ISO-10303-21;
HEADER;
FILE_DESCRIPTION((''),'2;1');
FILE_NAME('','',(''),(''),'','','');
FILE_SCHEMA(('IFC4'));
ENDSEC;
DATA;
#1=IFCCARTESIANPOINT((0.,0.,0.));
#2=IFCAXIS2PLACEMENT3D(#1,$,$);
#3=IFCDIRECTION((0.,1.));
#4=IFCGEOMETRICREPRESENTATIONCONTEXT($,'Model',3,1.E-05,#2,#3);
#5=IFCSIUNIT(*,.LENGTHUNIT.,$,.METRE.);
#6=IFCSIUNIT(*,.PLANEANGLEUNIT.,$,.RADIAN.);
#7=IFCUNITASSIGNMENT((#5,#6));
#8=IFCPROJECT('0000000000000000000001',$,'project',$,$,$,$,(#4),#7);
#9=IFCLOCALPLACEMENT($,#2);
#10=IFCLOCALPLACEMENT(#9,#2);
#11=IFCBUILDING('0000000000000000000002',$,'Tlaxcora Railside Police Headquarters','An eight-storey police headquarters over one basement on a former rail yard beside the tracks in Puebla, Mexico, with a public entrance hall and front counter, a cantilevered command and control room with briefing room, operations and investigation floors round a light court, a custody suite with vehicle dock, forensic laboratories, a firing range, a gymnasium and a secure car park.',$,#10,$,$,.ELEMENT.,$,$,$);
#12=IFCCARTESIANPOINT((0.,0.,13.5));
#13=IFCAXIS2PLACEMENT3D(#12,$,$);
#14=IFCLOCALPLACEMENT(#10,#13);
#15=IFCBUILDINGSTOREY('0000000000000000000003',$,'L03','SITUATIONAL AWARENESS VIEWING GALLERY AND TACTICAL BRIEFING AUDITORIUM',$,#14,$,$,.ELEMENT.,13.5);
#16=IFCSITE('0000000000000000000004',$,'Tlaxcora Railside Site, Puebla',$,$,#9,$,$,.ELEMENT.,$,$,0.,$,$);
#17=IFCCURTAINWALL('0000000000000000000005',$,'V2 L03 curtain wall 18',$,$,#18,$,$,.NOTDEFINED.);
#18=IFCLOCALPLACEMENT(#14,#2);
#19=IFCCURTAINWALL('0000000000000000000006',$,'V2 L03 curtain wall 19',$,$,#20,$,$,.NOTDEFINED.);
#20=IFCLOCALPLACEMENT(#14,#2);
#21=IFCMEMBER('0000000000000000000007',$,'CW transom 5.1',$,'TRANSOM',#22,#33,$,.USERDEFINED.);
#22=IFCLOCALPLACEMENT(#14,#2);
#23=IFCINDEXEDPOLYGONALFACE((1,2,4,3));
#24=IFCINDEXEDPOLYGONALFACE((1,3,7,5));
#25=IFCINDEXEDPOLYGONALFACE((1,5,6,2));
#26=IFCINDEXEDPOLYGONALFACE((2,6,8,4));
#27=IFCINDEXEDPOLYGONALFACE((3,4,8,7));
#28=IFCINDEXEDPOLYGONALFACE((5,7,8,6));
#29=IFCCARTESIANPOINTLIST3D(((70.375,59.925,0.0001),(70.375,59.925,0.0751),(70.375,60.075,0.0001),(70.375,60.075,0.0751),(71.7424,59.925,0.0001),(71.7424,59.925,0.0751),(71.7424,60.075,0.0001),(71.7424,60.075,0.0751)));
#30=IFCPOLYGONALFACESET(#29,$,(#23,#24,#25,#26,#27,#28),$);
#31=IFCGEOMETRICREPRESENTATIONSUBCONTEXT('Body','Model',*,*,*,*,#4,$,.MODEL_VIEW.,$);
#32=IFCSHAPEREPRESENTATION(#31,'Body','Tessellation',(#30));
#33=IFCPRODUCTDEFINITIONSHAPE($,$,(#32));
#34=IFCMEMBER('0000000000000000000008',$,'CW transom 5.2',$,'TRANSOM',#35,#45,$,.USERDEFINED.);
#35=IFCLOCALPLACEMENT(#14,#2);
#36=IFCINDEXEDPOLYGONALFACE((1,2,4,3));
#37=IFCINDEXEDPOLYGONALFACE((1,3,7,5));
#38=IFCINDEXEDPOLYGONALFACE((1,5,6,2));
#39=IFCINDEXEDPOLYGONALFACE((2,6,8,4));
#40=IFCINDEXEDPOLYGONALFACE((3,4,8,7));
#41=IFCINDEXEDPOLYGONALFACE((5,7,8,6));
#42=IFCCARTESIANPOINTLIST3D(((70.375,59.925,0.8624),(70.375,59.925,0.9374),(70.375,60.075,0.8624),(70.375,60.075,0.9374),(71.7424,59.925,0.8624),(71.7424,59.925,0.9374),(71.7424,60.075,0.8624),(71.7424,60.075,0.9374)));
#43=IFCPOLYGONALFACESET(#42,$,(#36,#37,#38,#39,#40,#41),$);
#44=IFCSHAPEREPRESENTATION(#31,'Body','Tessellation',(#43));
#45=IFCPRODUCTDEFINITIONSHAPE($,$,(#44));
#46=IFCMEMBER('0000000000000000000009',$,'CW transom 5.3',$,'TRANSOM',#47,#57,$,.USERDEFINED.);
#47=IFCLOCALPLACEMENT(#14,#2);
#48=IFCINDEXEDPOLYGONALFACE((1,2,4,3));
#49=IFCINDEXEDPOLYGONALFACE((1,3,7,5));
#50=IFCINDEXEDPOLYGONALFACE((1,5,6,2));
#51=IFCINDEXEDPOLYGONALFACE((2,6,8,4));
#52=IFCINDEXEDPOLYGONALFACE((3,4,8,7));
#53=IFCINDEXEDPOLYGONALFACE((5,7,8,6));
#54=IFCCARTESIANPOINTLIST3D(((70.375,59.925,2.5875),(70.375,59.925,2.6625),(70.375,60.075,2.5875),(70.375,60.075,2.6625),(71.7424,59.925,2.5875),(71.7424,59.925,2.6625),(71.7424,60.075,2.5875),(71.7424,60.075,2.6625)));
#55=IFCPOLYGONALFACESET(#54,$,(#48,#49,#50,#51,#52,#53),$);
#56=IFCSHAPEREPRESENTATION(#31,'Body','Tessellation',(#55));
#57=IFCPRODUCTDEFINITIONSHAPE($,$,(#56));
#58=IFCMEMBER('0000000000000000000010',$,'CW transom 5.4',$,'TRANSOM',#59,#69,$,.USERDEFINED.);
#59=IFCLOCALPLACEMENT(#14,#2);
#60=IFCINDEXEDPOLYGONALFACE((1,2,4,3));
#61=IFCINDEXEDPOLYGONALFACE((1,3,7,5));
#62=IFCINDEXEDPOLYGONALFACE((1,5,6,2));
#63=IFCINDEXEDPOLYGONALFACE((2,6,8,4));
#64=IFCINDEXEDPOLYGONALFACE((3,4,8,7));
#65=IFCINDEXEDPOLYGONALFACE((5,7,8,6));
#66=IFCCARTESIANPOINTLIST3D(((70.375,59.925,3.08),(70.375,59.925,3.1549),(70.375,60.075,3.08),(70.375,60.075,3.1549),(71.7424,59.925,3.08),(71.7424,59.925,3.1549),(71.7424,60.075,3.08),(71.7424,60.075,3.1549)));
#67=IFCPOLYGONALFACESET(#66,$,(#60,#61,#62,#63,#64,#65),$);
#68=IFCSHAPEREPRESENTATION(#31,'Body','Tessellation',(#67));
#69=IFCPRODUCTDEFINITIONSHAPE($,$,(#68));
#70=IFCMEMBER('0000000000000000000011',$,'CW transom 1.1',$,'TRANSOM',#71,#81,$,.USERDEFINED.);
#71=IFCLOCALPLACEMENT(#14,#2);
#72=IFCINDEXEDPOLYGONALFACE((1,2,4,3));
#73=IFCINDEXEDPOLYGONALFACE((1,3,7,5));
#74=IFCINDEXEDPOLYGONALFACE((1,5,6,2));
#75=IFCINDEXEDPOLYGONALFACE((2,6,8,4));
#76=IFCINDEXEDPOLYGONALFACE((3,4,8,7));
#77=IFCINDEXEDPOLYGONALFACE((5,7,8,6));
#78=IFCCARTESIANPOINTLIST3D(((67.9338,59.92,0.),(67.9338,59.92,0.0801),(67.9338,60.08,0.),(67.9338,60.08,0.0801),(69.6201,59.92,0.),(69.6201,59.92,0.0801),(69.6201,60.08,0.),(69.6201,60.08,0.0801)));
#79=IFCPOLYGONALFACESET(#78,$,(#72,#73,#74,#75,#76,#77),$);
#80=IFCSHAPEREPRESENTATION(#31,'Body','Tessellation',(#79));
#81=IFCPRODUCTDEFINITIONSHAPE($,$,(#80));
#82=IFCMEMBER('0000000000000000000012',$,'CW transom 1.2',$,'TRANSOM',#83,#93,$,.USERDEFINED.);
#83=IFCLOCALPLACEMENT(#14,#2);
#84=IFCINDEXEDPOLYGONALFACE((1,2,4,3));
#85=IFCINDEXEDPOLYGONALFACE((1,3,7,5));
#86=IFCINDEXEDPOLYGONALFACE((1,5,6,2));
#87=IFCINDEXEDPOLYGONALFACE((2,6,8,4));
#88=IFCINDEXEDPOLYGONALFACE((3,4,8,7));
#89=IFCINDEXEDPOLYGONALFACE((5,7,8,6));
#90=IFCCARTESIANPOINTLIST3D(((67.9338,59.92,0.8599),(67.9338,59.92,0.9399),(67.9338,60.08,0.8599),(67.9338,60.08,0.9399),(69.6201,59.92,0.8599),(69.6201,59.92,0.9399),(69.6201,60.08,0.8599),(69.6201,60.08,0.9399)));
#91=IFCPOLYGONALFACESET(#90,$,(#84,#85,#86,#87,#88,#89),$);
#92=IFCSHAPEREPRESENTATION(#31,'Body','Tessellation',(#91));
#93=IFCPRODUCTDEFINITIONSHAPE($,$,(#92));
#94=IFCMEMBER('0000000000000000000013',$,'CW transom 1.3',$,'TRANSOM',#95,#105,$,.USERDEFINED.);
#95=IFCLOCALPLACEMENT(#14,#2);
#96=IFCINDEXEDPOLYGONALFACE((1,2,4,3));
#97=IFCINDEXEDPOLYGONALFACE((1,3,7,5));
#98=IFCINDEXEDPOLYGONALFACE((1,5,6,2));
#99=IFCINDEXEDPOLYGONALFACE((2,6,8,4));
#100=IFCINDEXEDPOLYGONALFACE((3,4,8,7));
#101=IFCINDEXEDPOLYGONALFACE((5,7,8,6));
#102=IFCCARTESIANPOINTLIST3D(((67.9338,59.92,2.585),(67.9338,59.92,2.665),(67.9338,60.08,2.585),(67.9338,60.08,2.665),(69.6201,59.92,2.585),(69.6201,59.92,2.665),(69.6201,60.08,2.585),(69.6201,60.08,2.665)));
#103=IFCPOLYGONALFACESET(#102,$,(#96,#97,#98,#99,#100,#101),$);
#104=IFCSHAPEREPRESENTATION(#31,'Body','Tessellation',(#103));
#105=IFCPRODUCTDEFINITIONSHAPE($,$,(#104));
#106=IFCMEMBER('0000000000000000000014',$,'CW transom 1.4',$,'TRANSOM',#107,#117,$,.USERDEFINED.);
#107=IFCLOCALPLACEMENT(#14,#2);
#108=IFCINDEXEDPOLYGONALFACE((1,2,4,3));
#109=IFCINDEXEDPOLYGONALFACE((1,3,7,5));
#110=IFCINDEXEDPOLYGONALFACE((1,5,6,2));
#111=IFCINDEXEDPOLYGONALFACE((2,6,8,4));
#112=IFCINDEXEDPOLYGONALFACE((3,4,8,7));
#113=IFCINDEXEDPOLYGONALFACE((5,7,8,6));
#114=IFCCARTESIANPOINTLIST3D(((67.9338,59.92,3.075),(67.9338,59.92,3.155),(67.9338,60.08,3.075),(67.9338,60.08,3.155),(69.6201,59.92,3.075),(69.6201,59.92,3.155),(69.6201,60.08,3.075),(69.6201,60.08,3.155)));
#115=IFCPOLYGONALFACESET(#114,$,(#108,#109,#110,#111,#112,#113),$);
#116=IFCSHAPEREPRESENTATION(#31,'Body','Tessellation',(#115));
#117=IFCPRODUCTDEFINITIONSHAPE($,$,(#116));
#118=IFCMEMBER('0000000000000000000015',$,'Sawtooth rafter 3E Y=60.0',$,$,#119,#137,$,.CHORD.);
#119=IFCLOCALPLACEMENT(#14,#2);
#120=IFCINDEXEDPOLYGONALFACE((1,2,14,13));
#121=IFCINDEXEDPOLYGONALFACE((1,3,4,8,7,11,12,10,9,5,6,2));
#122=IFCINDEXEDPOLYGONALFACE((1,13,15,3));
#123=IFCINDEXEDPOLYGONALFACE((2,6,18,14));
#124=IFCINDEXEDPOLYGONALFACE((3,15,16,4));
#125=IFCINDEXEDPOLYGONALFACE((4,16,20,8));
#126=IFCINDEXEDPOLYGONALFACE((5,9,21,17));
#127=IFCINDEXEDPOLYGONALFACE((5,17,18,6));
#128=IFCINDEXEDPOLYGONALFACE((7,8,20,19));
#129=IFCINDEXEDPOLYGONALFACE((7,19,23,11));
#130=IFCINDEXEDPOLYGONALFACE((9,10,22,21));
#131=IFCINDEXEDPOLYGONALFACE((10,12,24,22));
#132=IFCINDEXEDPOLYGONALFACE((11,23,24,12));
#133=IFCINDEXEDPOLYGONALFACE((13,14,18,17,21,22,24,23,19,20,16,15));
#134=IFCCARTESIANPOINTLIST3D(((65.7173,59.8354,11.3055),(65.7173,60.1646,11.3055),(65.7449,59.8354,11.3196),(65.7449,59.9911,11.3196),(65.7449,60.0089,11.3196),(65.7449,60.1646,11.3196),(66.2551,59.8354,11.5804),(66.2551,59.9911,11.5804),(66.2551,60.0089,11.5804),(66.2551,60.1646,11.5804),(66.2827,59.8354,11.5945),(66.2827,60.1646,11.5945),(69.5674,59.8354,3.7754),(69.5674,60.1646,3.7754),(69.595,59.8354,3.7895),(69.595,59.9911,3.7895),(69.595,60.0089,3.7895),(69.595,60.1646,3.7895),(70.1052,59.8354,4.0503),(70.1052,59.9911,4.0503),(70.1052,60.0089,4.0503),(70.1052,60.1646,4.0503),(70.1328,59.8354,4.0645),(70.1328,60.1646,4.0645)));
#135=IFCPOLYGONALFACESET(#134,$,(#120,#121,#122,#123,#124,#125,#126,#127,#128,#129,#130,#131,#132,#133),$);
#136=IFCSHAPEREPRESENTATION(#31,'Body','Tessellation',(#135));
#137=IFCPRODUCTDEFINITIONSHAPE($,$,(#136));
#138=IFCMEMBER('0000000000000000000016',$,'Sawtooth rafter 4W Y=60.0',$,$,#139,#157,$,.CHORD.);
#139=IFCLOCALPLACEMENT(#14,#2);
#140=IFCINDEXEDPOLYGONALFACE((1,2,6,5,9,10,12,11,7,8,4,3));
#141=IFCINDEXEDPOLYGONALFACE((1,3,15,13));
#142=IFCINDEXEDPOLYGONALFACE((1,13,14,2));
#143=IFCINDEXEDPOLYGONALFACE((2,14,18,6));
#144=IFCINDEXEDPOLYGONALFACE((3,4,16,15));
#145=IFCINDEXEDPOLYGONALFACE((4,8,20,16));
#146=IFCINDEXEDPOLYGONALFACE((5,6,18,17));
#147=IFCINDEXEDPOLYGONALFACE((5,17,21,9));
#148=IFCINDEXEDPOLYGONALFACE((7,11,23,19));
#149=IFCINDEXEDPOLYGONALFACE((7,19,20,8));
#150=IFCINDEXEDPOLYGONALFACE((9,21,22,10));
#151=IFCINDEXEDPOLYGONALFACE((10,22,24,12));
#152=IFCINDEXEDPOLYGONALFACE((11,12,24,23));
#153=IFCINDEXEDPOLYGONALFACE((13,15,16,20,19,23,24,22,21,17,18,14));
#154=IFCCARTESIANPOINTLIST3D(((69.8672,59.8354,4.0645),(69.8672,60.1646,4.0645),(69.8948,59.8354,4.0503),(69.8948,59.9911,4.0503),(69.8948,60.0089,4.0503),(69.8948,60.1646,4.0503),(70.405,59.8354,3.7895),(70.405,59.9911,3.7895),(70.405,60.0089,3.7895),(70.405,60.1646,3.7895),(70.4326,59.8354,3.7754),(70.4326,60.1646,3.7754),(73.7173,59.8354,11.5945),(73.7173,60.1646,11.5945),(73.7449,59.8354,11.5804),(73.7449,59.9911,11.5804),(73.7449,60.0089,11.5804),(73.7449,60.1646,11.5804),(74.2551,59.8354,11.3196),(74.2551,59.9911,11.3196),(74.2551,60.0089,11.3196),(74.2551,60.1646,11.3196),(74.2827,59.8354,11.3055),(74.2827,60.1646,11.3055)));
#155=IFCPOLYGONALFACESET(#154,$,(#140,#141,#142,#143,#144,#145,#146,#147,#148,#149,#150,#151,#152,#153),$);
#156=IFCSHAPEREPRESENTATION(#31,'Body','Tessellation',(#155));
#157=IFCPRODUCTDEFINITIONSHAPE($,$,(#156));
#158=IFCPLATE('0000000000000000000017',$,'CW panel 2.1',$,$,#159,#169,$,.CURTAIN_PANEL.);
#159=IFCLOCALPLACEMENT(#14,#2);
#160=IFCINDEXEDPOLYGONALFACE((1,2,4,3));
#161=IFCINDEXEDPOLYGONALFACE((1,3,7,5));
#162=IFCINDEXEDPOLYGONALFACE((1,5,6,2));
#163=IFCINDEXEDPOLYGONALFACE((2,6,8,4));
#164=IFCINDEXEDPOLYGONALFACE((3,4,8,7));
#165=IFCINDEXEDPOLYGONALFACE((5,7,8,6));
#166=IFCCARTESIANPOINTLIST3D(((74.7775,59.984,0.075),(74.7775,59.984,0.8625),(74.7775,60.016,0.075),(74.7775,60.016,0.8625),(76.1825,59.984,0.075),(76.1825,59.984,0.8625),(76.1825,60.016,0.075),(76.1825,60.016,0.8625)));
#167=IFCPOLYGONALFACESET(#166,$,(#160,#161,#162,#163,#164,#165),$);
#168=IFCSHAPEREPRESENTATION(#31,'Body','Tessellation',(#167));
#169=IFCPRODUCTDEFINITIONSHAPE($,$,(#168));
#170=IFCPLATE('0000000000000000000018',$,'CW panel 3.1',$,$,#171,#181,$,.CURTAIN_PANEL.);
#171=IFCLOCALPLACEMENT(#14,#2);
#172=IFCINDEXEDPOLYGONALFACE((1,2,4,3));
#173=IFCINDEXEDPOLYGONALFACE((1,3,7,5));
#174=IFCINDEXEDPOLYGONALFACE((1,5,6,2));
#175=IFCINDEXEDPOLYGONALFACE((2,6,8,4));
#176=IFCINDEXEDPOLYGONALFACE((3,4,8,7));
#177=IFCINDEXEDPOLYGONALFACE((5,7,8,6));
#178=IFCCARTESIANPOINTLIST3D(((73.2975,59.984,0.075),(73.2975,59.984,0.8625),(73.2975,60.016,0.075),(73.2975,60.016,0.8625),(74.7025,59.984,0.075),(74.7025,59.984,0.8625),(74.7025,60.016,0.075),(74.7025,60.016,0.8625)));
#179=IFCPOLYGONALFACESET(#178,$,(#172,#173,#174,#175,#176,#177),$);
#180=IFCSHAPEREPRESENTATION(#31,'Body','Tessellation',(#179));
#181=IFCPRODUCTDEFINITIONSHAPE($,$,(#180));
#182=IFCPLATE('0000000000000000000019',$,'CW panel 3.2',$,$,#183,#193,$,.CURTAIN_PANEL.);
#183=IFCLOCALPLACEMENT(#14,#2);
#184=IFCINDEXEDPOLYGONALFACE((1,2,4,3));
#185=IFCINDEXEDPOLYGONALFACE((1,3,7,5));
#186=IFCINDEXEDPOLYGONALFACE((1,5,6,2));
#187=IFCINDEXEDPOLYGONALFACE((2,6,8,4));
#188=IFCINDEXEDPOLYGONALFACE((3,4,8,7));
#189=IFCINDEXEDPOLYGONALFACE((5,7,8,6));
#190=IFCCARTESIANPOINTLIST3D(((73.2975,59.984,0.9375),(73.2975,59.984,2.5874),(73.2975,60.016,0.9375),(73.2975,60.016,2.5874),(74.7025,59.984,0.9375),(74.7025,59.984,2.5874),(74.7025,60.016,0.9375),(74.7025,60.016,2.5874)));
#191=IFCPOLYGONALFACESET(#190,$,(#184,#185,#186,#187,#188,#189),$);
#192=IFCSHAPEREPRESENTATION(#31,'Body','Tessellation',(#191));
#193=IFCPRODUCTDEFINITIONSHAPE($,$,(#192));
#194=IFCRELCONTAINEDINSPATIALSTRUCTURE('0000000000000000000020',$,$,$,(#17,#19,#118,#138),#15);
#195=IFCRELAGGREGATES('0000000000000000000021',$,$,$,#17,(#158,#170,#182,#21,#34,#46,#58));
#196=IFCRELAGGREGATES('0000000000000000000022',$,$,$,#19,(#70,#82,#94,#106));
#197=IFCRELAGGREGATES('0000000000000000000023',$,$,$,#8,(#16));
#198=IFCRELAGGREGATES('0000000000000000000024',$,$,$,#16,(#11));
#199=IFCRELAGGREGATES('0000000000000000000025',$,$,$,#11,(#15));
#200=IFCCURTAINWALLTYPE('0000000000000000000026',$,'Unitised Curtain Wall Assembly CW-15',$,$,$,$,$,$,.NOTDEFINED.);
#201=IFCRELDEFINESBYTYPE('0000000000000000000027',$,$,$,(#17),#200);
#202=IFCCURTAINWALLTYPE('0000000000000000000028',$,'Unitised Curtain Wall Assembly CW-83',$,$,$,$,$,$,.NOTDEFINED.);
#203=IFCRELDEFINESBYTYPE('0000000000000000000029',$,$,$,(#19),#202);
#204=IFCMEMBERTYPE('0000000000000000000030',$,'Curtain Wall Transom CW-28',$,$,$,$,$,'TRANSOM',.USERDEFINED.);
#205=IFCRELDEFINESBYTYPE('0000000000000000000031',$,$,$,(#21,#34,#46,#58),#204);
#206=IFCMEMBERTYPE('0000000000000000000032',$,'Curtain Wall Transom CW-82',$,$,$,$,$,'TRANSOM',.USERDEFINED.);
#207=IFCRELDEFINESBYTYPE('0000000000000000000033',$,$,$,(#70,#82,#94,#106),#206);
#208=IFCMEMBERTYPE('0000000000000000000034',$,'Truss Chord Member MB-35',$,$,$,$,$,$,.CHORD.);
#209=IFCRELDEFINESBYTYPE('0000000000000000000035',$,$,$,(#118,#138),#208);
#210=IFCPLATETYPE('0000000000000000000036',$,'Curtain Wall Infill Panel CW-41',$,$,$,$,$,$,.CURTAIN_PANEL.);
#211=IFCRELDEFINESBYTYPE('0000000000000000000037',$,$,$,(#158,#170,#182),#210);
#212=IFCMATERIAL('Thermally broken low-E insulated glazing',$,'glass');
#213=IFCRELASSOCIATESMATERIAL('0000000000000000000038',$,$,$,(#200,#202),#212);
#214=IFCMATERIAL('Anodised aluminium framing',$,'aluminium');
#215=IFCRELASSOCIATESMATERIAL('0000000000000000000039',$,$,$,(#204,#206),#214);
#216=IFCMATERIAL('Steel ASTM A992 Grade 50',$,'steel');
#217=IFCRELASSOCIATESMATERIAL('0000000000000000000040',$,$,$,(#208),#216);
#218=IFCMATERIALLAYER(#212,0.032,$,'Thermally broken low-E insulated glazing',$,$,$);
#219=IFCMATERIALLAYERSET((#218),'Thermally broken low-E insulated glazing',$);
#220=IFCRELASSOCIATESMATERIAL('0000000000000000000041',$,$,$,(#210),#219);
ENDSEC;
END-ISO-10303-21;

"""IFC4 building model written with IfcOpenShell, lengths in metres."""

from ifc_helpers import new_model, si_unit, direction, frame, origin, origin_2d, place, context, subcontext, project, spatial, rectangle, i_section, extrude, material, layer, layer_set, material_profile, profile_set, type_object, element, aggregate, save


model = new_model("IFC4")

# Units and contexts
model_context = context("Model", 3, precision=1e-05, world=origin(), true_north=direction((0.0, 1.0)))
body_context = subcontext(model_context, "Body", "Model", "MODEL_VIEW")
ifc_project = project(units=[si_unit("LENGTHUNIT", "METRE"), si_unit("PLANEANGLEUNIT", "RADIAN")], contexts=[model_context])

# Site, building, storey
site_placement = place(None, origin())
site = spatial("IfcSite", under=ifc_project, at=site_placement, Name="Tlaxcora Railside Site, Puebla", CompositionType="ELEMENT", RefElevation=0.0)
building_placement = place(site_placement, origin())
building = spatial("IfcBuilding", under=site, at=building_placement, Name="Tlaxcora Railside Police Headquarters", Description="An eight-storey police headquarters over one basement on a former rail yard beside the tracks in Puebla, Mexico, with a public entrance hall and front counter, a cantilevered command and control room with briefing room, operations and investigation floors round a light court, a custody suite with vehicle dock, forensic laboratories, a firing range, a gymnasium and a secure car park.", CompositionType="ELEMENT")
storey_placement = place(building_placement, frame((0.0, 0.0, 13.5)))
storey = spatial("IfcBuildingStorey", under=building, at=storey_placement, Name="L03", Description="SITUATIONAL AWARENESS VIEWING GALLERY AND TACTICAL BRIEFING AUDITORIUM", CompositionType="ELEMENT", Elevation=13.5)

# Curtain wall
ifc_material_1 = material(Name="Thermally broken low-E insulated glazing", Category="glass")
curtain_wall_type_1 = type_object("IfcCurtainWallType", Name="Unitised Curtain Wall Assembly CW-15", PredefinedType="NOTDEFINED", material=ifc_material_1)
curtain_wall_1_placement = place(storey_placement, origin())
curtain_wall_1 = element("IfcCurtainWall", 1, at=curtain_wall_1_placement, inside=storey, type_object=curtain_wall_type_1, Name="V2 L03 curtain wall 18", PredefinedType="NOTDEFINED")
ifc_material_2 = material(Name="Anodised aluminium framing", Category="aluminium")

# Curtain wall
curtain_wall_type_2 = type_object("IfcCurtainWallType", Name="Unitised Curtain Wall Assembly CW-83", PredefinedType="NOTDEFINED", material=ifc_material_1)
curtain_wall_2_placement = place(storey_placement, origin())
curtain_wall_2 = element("IfcCurtainWall", 2, at=curtain_wall_2_placement, inside=storey, type_object=curtain_wall_type_2, Name="V2 L03 curtain wall 19", PredefinedType="NOTDEFINED")

# Members
ifc_material_profile_1 = material_profile(ifc_material_2, rectangle(XDim=0.1499, YDim=0.075, at=origin_2d()), Name="AL75X150")
ifc_profile_set_1 = profile_set([ifc_material_profile_1], Name="Anodised aluminium framing")
member_type_1 = type_object("IfcMemberType", Name="Curtain Wall Transom CW-28", ElementType="TRANSOM", PredefinedType="USERDEFINED", material=ifc_profile_set_1)
member_1_placement = place(storey_placement, frame((71.7424, 60.0, 0.0376), z_axis=(-1.0, 0.0, 0.0), x_axis=(0.0, -1.0, 0.0)))
member_1 = element("IfcMember", 3, at=member_1_placement, type_object=member_type_1, Name="CW transom 5.1", ObjectType="TRANSOM", PredefinedType="USERDEFINED", context=body_context, shape_type="SweptSolid", body=[
    extrude(rectangle(XDim=0.1499, YDim=0.075, at=origin_2d()), origin(), (0.0, 0.0, 1.0), 1.3674),
])
member_2_placement = place(storey_placement, frame((71.7424, 60.0, 0.8999), z_axis=(-1.0, 0.0, 0.0), x_axis=(0.0, -1.0, 0.0)))
member_2 = element("IfcMember", 4, at=member_2_placement, type_object=member_type_1, Name="CW transom 5.2", ObjectType="TRANSOM", PredefinedType="USERDEFINED", context=body_context, shape_type="SweptSolid", body=[
    extrude(rectangle(XDim=0.1499, YDim=0.075, at=origin_2d()), origin(), (0.0, 0.0, 1.0), 1.3674),
])
member_3_placement = place(storey_placement, frame((71.7424, 60.0, 2.625), z_axis=(-1.0, 0.0, 0.0), x_axis=(0.0, -1.0, 0.0)))
member_3 = element("IfcMember", 5, at=member_3_placement, type_object=member_type_1, Name="CW transom 5.3", ObjectType="TRANSOM", PredefinedType="USERDEFINED", context=body_context, shape_type="SweptSolid", body=[
    extrude(rectangle(XDim=0.1499, YDim=0.075, at=origin_2d()), origin(), (0.0, 0.0, 1.0), 1.3674),
])
member_4_placement = place(storey_placement, frame((71.7424, 60.0, 3.1174), z_axis=(-1.0, 0.0, 0.0), x_axis=(0.0, -1.0, 0.0)))
member_4 = element("IfcMember", 6, at=member_4_placement, type_object=member_type_1, Name="CW transom 5.4", ObjectType="TRANSOM", PredefinedType="USERDEFINED", context=body_context, shape_type="SweptSolid", body=[
    extrude(rectangle(XDim=0.1499, YDim=0.075, at=origin_2d()), origin(), (0.0, 0.0, 1.0), 1.3674),
])
ifc_material_profile_2 = material_profile(ifc_material_2, rectangle(XDim=0.1599, YDim=0.0801, at=origin_2d()), Name="AL80X160")
ifc_profile_set_2 = profile_set([ifc_material_profile_2], Name="Anodised aluminium framing")
member_type_2 = type_object("IfcMemberType", Name="Curtain Wall Transom CW-82", ElementType="TRANSOM", PredefinedType="USERDEFINED", material=ifc_profile_set_2)
member_5_placement = place(storey_placement, frame((69.6201, 60.0, 0.04), z_axis=(-1.0, 0.0, 0.0), x_axis=(0.0, -1.0, 0.0)))
member_5 = element("IfcMember", 7, at=member_5_placement, type_object=member_type_2, Name="CW transom 1.1", ObjectType="TRANSOM", PredefinedType="USERDEFINED", context=body_context, shape_type="SweptSolid", body=[
    extrude(rectangle(XDim=0.1599, YDim=0.0801, at=origin_2d()), origin(), (0.0, 0.0, 1.0), 1.6863),
])
member_6_placement = place(storey_placement, frame((69.6201, 60.0, 0.8999), z_axis=(-1.0, 0.0, 0.0), x_axis=(0.0, -1.0, 0.0)))
member_6 = element("IfcMember", 8, at=member_6_placement, type_object=member_type_2, Name="CW transom 1.2", ObjectType="TRANSOM", PredefinedType="USERDEFINED", context=body_context, shape_type="SweptSolid", body=[
    extrude(rectangle(XDim=0.1599, YDim=0.0801, at=origin_2d()), origin(), (0.0, 0.0, 1.0), 1.6863),
])
member_7_placement = place(storey_placement, frame((69.6201, 60.0, 2.625), z_axis=(-1.0, 0.0, 0.0), x_axis=(0.0, -1.0, 0.0)))
member_7 = element("IfcMember", 9, at=member_7_placement, type_object=member_type_2, Name="CW transom 1.3", ObjectType="TRANSOM", PredefinedType="USERDEFINED", context=body_context, shape_type="SweptSolid", body=[
    extrude(rectangle(XDim=0.1599, YDim=0.0801, at=origin_2d()), origin(), (0.0, 0.0, 1.0), 1.6863),
])
member_8_placement = place(storey_placement, frame((69.6201, 60.0, 3.115), z_axis=(-1.0, 0.0, 0.0), x_axis=(0.0, -1.0, 0.0)))
member_8 = element("IfcMember", 10, at=member_8_placement, type_object=member_type_2, Name="CW transom 1.4", ObjectType="TRANSOM", PredefinedType="USERDEFINED", context=body_context, shape_type="SweptSolid", body=[
    extrude(rectangle(XDim=0.1599, YDim=0.0801, at=origin_2d()), origin(), (0.0, 0.0, 1.0), 1.6863),
])

# Members
ifc_material_3 = material(Name="Steel ASTM A992 Grade 50", Category="steel")
ifc_material_profile_3 = material_profile(ifc_material_3, i_section(OverallWidth=0.3291, OverallDepth=0.635, WebThickness=0.0178, FlangeThickness=0.031, at=origin_2d()), Name="W24X162")
ifc_profile_set_3 = profile_set([ifc_material_profile_3], Name="Steel ASTM A992 Grade 50")
member_type_3 = type_object("IfcMemberType", Name="Truss Chord Member MB-35", PredefinedType="CHORD", material=ifc_profile_set_3)
for number, where, z_axis, x_axis, name in (
    (11, (69.8501, 60.0, 3.9199), (-0.455244, 0.0, 0.890367), (0.0, -1.0, 0.0), "Sawtooth rafter 3E Y=60.0"),
    (12, (70.1499, 60.0, 3.9199), (0.455244, 0.0, 0.890367), (0.0, 1.0, 0.0), "Sawtooth rafter 4W Y=60.0"),
):
    element("IfcMember", number, at=place(storey_placement, frame(where, z_axis=z_axis, x_axis=x_axis)), inside=storey, type_object=member_type_3, Name=name, PredefinedType="CHORD", context=body_context, shape_type="SweptSolid", body=[
        extrude(i_section(OverallWidth=0.3291, OverallDepth=0.635, WebThickness=0.0178, FlangeThickness=0.031, at=origin_2d()), origin(), (0.0, 0.0, 1.0), 8.4573),
    ])

# Plates
ifc_layer_1 = layer(ifc_material_1, 0.032, Name="Thermally broken low-E insulated glazing")
ifc_layer_set_1 = layer_set([ifc_layer_1], Name="Thermally broken low-E insulated glazing")
plate_type_1 = type_object("IfcPlateType", Name="Curtain Wall Infill Panel CW-41", PredefinedType="CURTAIN_PANEL", material=ifc_layer_set_1)
plate_1_placement = place(storey_placement, frame((75.48, 60.0, 0.075), z_axis=(0.0, 0.0, 1.0), x_axis=(-1.0, 0.0, 0.0)))
plate_1 = element("IfcPlate", 13, at=plate_1_placement, type_object=plate_type_1, Name="CW panel 2.1", PredefinedType="CURTAIN_PANEL", context=body_context, shape_type="SweptSolid", body=[
    extrude(rectangle(XDim=1.405, YDim=0.032, at=origin_2d()), origin(), (0.0, 0.0, 1.0), 0.7876),
])
plate_2_placement = place(storey_placement, frame((74.0, 60.0, 0.075), z_axis=(0.0, 0.0, 1.0), x_axis=(-1.0, 0.0, 0.0)))
plate_2 = element("IfcPlate", 14, at=plate_2_placement, type_object=plate_type_1, Name="CW panel 3.1", PredefinedType="CURTAIN_PANEL", context=body_context, shape_type="SweptSolid", body=[
    extrude(rectangle(XDim=1.405, YDim=0.032, at=origin_2d()), origin(), (0.0, 0.0, 1.0), 0.7876),
])
plate_3_placement = place(storey_placement, frame((74.0, 60.0, 0.9375), z_axis=(0.0, 0.0, 1.0), x_axis=(-1.0, 0.0, 0.0)))
plate_3 = element("IfcPlate", 15, at=plate_3_placement, type_object=plate_type_1, Name="CW panel 3.2", PredefinedType="CURTAIN_PANEL", context=body_context, shape_type="SweptSolid", body=[
    extrude(rectangle(XDim=1.405, YDim=0.032, at=origin_2d()), origin(), (0.0, 0.0, 1.0), 1.6499),
])
aggregate(curtain_wall_1, [plate_1, plate_2, plate_3, member_1, member_2, member_3, member_4])
aggregate(curtain_wall_2, [member_5, member_6, member_7, member_8])

save(model, "model.ifc")
